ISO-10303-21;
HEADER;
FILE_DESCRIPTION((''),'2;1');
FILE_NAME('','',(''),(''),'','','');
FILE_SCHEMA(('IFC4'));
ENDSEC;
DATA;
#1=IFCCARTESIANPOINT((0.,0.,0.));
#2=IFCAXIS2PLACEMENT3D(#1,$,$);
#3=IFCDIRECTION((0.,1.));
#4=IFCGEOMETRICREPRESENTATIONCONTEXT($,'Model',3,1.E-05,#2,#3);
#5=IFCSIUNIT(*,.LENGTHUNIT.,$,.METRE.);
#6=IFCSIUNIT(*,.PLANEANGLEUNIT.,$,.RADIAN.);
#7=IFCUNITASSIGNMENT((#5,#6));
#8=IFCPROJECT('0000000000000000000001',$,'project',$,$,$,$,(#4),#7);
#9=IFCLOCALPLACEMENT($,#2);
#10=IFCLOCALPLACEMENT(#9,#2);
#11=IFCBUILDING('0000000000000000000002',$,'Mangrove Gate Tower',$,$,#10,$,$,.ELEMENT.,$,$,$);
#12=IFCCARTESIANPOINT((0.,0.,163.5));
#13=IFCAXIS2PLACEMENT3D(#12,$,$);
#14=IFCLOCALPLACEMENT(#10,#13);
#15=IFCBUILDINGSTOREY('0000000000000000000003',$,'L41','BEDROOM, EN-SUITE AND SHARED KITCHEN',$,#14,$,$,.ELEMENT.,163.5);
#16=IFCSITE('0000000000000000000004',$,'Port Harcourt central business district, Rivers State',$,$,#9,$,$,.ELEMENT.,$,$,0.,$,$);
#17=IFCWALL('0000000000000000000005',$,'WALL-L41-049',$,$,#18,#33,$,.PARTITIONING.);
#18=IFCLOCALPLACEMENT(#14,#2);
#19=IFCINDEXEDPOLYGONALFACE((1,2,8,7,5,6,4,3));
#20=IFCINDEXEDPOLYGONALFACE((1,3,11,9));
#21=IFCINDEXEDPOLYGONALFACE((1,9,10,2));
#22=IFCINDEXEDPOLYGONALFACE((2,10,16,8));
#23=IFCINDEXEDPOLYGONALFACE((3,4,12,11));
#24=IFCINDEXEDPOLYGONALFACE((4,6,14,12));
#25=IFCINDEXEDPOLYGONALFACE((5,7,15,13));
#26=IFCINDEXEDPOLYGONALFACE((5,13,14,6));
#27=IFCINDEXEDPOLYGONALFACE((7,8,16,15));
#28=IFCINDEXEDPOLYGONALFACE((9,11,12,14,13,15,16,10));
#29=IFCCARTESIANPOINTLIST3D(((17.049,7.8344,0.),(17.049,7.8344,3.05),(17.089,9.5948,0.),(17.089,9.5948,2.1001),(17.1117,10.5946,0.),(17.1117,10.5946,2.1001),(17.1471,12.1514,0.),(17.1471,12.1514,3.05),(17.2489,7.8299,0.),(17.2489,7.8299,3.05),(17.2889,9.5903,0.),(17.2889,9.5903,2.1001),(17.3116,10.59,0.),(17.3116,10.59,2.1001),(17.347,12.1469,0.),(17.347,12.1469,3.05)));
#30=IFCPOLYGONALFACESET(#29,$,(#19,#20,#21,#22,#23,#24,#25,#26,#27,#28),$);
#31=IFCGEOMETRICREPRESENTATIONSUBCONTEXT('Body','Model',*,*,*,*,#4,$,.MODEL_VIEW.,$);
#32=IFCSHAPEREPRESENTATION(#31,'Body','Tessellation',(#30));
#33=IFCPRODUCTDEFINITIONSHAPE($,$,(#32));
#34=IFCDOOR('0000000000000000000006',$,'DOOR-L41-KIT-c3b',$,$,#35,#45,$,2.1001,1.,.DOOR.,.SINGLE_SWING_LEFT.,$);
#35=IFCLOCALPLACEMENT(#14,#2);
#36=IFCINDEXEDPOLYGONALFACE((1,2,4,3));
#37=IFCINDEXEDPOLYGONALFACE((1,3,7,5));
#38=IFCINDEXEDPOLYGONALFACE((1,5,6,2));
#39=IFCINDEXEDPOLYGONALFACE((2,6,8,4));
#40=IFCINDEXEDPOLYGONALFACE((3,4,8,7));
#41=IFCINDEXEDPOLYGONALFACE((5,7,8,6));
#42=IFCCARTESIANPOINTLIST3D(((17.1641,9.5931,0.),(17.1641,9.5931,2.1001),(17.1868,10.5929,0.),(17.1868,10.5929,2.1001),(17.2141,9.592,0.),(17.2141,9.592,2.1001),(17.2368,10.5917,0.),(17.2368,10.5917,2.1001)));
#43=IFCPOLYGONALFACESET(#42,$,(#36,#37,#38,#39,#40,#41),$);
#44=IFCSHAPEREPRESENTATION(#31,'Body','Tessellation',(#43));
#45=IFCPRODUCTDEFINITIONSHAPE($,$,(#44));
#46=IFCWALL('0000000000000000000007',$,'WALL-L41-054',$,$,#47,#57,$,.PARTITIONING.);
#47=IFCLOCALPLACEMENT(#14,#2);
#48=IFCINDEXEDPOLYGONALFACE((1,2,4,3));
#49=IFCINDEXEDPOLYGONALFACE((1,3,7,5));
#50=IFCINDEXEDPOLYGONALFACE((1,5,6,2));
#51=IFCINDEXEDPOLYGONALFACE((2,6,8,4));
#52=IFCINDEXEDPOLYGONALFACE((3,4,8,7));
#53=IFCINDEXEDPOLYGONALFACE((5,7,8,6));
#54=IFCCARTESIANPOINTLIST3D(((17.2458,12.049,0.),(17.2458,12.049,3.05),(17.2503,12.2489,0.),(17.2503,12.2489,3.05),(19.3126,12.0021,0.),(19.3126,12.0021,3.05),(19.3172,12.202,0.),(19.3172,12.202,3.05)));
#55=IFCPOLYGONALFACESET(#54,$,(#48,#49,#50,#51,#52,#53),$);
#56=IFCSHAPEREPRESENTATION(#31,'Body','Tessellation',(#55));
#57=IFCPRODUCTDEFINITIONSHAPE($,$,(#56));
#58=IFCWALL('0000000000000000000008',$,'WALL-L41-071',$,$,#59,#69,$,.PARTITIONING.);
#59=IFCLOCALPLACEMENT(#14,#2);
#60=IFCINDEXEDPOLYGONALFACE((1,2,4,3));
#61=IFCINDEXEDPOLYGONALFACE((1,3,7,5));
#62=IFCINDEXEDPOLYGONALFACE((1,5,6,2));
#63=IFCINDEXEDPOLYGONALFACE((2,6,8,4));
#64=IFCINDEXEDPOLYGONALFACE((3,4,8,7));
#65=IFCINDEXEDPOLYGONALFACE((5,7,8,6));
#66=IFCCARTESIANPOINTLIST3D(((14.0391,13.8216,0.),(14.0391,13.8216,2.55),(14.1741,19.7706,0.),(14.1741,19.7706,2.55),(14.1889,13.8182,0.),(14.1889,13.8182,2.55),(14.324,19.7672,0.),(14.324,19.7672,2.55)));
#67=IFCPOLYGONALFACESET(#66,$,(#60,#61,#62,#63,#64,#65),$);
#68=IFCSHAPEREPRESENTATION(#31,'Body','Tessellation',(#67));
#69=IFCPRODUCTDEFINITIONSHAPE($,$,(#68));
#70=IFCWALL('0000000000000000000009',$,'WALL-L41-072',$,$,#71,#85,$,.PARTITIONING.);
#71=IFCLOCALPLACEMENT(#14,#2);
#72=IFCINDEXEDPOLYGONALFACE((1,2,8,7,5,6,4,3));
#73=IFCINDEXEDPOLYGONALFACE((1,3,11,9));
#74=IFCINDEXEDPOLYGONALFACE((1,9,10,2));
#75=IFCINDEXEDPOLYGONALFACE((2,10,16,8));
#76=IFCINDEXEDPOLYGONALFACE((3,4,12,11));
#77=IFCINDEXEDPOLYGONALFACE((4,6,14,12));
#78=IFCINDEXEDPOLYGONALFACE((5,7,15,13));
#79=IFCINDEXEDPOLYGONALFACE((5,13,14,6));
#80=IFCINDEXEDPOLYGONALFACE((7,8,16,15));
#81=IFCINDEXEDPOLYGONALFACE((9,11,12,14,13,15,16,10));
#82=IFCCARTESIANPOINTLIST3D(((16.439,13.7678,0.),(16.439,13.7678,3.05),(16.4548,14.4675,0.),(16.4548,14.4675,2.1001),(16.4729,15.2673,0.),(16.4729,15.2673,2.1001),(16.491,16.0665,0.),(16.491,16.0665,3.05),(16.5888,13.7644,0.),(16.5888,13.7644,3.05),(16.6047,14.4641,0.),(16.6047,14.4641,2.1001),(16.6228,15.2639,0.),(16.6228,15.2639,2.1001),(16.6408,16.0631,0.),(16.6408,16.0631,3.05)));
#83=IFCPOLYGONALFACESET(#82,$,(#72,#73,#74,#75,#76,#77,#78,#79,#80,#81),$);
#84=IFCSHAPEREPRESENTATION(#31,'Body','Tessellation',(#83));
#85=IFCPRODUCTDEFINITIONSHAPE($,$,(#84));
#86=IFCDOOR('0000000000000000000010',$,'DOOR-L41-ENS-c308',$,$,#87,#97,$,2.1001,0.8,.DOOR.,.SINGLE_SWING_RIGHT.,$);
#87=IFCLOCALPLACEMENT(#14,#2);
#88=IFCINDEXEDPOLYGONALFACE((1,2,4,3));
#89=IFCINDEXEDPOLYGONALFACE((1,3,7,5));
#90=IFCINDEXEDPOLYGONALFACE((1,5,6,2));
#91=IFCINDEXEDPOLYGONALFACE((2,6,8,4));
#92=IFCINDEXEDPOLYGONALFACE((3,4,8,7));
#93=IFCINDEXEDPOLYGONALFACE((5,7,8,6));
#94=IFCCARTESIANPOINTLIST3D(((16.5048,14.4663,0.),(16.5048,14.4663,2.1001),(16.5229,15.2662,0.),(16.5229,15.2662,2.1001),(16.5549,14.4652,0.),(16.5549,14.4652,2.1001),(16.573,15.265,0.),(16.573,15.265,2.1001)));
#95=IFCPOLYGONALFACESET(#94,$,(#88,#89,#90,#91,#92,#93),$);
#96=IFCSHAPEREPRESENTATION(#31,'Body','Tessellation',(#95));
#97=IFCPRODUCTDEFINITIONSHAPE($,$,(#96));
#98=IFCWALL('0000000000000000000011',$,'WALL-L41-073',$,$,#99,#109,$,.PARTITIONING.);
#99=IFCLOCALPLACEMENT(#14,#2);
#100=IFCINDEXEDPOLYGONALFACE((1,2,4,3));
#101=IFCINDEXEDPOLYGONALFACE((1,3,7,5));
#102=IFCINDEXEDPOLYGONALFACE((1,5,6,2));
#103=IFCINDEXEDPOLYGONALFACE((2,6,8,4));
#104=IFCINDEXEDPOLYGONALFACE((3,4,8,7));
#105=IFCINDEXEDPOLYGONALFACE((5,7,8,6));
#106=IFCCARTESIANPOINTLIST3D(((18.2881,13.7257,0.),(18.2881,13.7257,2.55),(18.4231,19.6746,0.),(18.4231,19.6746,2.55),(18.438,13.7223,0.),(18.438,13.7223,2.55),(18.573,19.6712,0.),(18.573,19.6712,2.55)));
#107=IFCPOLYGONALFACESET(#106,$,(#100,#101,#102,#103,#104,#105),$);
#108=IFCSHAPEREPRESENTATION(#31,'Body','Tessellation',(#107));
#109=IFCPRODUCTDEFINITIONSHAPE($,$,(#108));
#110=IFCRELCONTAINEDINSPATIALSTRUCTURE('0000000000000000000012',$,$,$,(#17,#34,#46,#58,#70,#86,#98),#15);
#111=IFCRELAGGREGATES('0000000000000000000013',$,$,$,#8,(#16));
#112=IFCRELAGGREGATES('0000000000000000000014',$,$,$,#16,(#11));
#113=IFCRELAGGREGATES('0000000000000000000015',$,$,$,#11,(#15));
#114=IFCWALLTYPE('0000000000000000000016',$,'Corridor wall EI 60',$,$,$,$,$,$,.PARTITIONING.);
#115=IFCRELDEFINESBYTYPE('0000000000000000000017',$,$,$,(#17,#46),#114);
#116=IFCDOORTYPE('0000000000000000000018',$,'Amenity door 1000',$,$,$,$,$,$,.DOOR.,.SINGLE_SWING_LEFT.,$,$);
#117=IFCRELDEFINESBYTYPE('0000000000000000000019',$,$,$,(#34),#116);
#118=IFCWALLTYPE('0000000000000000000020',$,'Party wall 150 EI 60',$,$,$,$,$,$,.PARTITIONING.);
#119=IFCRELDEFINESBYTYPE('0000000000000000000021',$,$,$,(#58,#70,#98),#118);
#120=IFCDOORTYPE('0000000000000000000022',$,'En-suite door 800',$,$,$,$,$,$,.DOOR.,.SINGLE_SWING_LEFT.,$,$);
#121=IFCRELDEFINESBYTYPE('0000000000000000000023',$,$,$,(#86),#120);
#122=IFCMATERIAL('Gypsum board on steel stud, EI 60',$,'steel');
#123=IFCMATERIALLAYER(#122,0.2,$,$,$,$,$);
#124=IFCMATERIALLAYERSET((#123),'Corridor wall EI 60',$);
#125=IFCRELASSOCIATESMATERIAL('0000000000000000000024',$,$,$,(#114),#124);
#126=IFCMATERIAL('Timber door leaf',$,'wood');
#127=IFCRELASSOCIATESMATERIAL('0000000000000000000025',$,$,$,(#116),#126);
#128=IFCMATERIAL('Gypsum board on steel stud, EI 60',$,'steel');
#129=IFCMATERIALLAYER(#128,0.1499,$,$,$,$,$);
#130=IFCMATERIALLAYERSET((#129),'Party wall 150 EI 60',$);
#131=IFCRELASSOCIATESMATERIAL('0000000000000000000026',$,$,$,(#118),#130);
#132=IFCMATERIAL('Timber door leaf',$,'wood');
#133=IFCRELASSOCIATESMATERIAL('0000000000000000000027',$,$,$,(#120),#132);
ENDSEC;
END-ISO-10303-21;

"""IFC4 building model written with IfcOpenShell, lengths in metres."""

from ifc_helpers import new_model, si_unit, direction, frame, frame_2d, origin, place, context, subcontext, project, spatial, rectangle, extrude, material, layer, layer_set, type_object, element, fill, save


model = new_model("IFC4")

# Units and contexts
model_context = context("Model", 3, precision=1e-05, world=origin(), true_north=direction((0.0, 1.0)))
body_context = subcontext(model_context, "Body", "Model", "MODEL_VIEW")
ifc_project = project(units=[si_unit("LENGTHUNIT", "METRE"), si_unit("PLANEANGLEUNIT", "RADIAN")], contexts=[model_context])

# Site, building, storey
site_placement = place(None, origin())
site = spatial("IfcSite", under=ifc_project, at=site_placement, Name="Port Harcourt central business district, Rivers State", CompositionType="ELEMENT", RefElevation=0.0)
building_placement = place(site_placement, origin())
building = spatial("IfcBuilding", under=site, at=building_placement, Name="Mangrove Gate Tower", CompositionType="ELEMENT")
storey_placement = place(building_placement, frame((0.0, 0.0, 163.5)))
storey = spatial("IfcBuildingStorey", under=building, at=storey_placement, Name="L41", Description="BEDROOM, EN-SUITE AND SHARED KITCHEN", CompositionType="ELEMENT", Elevation=163.5)

# Wall, opening, door
ifc_material_1 = material(Name="Gypsum board on steel stud, EI 60", Category="steel")
ifc_layer_1 = layer(ifc_material_1, 0.2)
ifc_layer_set_1 = layer_set([ifc_layer_1], Name="Corridor wall EI 60")
wall_type_1 = type_object("IfcWallType", Name="Corridor wall EI 60", PredefinedType="PARTITIONING", material=ifc_layer_set_1)
wall_1_placement = place(storey_placement, frame((17.1489, 7.832, 0.0), z_axis=(0.0, 0.0, 1.0), x_axis=(0.022729, 0.999742, 0.0)))
wall_1 = element("IfcWall", 1, at=wall_1_placement, inside=storey, type_object=wall_type_1, Name="WALL-L41-049", PredefinedType="PARTITIONING", context=body_context, shape_type="SweptSolid", body=[
    extrude(rectangle(XDim=4.3181, YDim=0.2, at=frame_2d((2.1592, 0.0))), origin(), (0.0, 0.0, 1.0), 3.05),
])
opening_1_placement = place(wall_1_placement, frame((1.761, 0.0, 0.0)))
opening_1 = element("IfcOpeningElement", 2, at=opening_1_placement, cuts=wall_1, PredefinedType="OPENING", context=body_context, shape_type="SweptSolid", body=[
    extrude(rectangle(XDim=1.0, YDim=2.1001, at=frame_2d((0.5, 1.05))), frame((0.0, 0.1099, 0.0), z_axis=(0.0, -1.0, 0.0), x_axis=(1.0, 0.0, 0.0)), (0.0, 0.0, 1.0), 0.22),
])
ifc_material_2 = material(Name="Timber door leaf", Category="wood")
door_type_1 = type_object("IfcDoorType", Name="Amenity door 1000", OperationType="SINGLE_SWING_LEFT", PredefinedType="DOOR", material=ifc_material_2)
door_1_placement = place(opening_1_placement, origin())
door_1 = element("IfcDoor", 3, at=door_1_placement, inside=storey, type_object=door_type_1, Name="DOOR-L41-KIT-c3b", OperationType="SINGLE_SWING_LEFT", OverallHeight=2.1001, OverallWidth=1.0, PredefinedType="DOOR", context=body_context, shape_type="SweptSolid", body=[
    extrude(rectangle(XDim=1.0, YDim=2.1001, at=frame_2d((0.5, 1.05))), frame((0.0, 0.0249, 0.0), z_axis=(0.0, -1.0, 0.0), x_axis=(1.0, 0.0, 0.0)), (0.0, 0.0, 1.0), 0.05),
])
fill(opening_1, door_1)

# Walls
wall_2_placement = place(storey_placement, frame((17.248, 12.1489, 0.0), z_axis=(0.0, 0.0, 1.0), x_axis=(0.999743, -0.022673, 0.0)))
element("IfcWall", 4, at=wall_2_placement, inside=storey, type_object=wall_type_1, Name="WALL-L41-054", PredefinedType="PARTITIONING", context=body_context, shape_type="SweptSolid", body=[
    extrude(rectangle(XDim=2.0674, YDim=0.2, at=frame_2d((1.0337, 0.0))), origin(), (0.0, 0.0, 1.0), 3.05),
])
ifc_material_3 = material(Name="Gypsum board on steel stud, EI 60", Category="steel")
ifc_layer_2 = layer(ifc_material_3, 0.1499)
ifc_layer_set_2 = layer_set([ifc_layer_2], Name="Party wall 150 EI 60")
wall_type_2 = type_object("IfcWallType", Name="Party wall 150 EI 60", PredefinedType="PARTITIONING", material=ifc_layer_set_2)
wall_3_placement = place(storey_placement, frame((14.114, 13.8201, 0.0), z_axis=(0.0, 0.0, 1.0), x_axis=(0.022689, 0.999743, 0.0)))
element("IfcWall", 5, at=wall_3_placement, inside=storey, type_object=wall_type_2, Name="WALL-L41-071", PredefinedType="PARTITIONING", context=body_context, shape_type="SweptSolid", body=[
    extrude(rectangle(XDim=5.9504, YDim=0.1499, at=frame_2d((2.9751, 0.0))), origin(), (0.0, 0.0, 1.0), 2.55),
])

# Wall, opening, door
wall_4_placement = place(storey_placement, frame((16.5139, 13.7661, 0.0), z_axis=(0.0, 0.0, 1.0), x_axis=(0.022615, 0.999744, 0.0)))
wall_4 = element("IfcWall", 6, at=wall_4_placement, inside=storey, type_object=wall_type_2, Name="WALL-L41-072", PredefinedType="PARTITIONING", context=body_context, shape_type="SweptSolid", body=[
    extrude(rectangle(XDim=2.2993, YDim=0.1499, at=frame_2d((1.1497, 0.0))), origin(), (0.0, 0.0, 1.0), 3.05),
])
opening_2_placement = place(wall_4_placement, frame((0.7, 0.0, 0.0)))
opening_2 = element("IfcOpeningElement", 7, at=opening_2_placement, cuts=wall_4, PredefinedType="OPENING", context=body_context, shape_type="SweptSolid", body=[
    extrude(rectangle(XDim=0.8, YDim=2.1001, at=frame_2d((0.3999, 1.05))), frame((0.0, 0.085, 0.0), z_axis=(0.0, -1.0, 0.0), x_axis=(1.0, 0.0, 0.0)), (0.0, 0.0, 1.0), 0.1699),
])
ifc_material_4 = material(Name="Timber door leaf", Category="wood")
door_type_2 = type_object("IfcDoorType", Name="En-suite door 800", OperationType="SINGLE_SWING_LEFT", PredefinedType="DOOR", material=ifc_material_4)
door_2_placement = place(opening_2_placement, origin())
door_2 = element("IfcDoor", 8, at=door_2_placement, inside=storey, type_object=door_type_2, Name="DOOR-L41-ENS-c308", OperationType="SINGLE_SWING_RIGHT", OverallHeight=2.1001, OverallWidth=0.8, PredefinedType="DOOR", context=body_context, shape_type="SweptSolid", body=[
    extrude(rectangle(XDim=0.8, YDim=2.1001, at=frame_2d((0.3999, 1.05))), frame((0.0, 0.0249, 0.0), z_axis=(0.0, -1.0, 0.0), x_axis=(1.0, 0.0, 0.0)), (0.0, 0.0, 1.0), 0.05),
])
fill(opening_2, door_2)

# Wall
wall_5_placement = place(storey_placement, frame((18.363, 13.7241, 0.0), z_axis=(0.0, 0.0, 1.0), x_axis=(0.022689, 0.999743, 0.0)))
element("IfcWall", 9, at=wall_5_placement, inside=storey, type_object=wall_type_2, Name="WALL-L41-073", PredefinedType="PARTITIONING", context=body_context, shape_type="SweptSolid", body=[
    extrude(rectangle(XDim=5.9504, YDim=0.1499, at=frame_2d((2.9751, 0.0))), origin(), (0.0, 0.0, 1.0), 2.55),
])

save(model, "model.ifc")
